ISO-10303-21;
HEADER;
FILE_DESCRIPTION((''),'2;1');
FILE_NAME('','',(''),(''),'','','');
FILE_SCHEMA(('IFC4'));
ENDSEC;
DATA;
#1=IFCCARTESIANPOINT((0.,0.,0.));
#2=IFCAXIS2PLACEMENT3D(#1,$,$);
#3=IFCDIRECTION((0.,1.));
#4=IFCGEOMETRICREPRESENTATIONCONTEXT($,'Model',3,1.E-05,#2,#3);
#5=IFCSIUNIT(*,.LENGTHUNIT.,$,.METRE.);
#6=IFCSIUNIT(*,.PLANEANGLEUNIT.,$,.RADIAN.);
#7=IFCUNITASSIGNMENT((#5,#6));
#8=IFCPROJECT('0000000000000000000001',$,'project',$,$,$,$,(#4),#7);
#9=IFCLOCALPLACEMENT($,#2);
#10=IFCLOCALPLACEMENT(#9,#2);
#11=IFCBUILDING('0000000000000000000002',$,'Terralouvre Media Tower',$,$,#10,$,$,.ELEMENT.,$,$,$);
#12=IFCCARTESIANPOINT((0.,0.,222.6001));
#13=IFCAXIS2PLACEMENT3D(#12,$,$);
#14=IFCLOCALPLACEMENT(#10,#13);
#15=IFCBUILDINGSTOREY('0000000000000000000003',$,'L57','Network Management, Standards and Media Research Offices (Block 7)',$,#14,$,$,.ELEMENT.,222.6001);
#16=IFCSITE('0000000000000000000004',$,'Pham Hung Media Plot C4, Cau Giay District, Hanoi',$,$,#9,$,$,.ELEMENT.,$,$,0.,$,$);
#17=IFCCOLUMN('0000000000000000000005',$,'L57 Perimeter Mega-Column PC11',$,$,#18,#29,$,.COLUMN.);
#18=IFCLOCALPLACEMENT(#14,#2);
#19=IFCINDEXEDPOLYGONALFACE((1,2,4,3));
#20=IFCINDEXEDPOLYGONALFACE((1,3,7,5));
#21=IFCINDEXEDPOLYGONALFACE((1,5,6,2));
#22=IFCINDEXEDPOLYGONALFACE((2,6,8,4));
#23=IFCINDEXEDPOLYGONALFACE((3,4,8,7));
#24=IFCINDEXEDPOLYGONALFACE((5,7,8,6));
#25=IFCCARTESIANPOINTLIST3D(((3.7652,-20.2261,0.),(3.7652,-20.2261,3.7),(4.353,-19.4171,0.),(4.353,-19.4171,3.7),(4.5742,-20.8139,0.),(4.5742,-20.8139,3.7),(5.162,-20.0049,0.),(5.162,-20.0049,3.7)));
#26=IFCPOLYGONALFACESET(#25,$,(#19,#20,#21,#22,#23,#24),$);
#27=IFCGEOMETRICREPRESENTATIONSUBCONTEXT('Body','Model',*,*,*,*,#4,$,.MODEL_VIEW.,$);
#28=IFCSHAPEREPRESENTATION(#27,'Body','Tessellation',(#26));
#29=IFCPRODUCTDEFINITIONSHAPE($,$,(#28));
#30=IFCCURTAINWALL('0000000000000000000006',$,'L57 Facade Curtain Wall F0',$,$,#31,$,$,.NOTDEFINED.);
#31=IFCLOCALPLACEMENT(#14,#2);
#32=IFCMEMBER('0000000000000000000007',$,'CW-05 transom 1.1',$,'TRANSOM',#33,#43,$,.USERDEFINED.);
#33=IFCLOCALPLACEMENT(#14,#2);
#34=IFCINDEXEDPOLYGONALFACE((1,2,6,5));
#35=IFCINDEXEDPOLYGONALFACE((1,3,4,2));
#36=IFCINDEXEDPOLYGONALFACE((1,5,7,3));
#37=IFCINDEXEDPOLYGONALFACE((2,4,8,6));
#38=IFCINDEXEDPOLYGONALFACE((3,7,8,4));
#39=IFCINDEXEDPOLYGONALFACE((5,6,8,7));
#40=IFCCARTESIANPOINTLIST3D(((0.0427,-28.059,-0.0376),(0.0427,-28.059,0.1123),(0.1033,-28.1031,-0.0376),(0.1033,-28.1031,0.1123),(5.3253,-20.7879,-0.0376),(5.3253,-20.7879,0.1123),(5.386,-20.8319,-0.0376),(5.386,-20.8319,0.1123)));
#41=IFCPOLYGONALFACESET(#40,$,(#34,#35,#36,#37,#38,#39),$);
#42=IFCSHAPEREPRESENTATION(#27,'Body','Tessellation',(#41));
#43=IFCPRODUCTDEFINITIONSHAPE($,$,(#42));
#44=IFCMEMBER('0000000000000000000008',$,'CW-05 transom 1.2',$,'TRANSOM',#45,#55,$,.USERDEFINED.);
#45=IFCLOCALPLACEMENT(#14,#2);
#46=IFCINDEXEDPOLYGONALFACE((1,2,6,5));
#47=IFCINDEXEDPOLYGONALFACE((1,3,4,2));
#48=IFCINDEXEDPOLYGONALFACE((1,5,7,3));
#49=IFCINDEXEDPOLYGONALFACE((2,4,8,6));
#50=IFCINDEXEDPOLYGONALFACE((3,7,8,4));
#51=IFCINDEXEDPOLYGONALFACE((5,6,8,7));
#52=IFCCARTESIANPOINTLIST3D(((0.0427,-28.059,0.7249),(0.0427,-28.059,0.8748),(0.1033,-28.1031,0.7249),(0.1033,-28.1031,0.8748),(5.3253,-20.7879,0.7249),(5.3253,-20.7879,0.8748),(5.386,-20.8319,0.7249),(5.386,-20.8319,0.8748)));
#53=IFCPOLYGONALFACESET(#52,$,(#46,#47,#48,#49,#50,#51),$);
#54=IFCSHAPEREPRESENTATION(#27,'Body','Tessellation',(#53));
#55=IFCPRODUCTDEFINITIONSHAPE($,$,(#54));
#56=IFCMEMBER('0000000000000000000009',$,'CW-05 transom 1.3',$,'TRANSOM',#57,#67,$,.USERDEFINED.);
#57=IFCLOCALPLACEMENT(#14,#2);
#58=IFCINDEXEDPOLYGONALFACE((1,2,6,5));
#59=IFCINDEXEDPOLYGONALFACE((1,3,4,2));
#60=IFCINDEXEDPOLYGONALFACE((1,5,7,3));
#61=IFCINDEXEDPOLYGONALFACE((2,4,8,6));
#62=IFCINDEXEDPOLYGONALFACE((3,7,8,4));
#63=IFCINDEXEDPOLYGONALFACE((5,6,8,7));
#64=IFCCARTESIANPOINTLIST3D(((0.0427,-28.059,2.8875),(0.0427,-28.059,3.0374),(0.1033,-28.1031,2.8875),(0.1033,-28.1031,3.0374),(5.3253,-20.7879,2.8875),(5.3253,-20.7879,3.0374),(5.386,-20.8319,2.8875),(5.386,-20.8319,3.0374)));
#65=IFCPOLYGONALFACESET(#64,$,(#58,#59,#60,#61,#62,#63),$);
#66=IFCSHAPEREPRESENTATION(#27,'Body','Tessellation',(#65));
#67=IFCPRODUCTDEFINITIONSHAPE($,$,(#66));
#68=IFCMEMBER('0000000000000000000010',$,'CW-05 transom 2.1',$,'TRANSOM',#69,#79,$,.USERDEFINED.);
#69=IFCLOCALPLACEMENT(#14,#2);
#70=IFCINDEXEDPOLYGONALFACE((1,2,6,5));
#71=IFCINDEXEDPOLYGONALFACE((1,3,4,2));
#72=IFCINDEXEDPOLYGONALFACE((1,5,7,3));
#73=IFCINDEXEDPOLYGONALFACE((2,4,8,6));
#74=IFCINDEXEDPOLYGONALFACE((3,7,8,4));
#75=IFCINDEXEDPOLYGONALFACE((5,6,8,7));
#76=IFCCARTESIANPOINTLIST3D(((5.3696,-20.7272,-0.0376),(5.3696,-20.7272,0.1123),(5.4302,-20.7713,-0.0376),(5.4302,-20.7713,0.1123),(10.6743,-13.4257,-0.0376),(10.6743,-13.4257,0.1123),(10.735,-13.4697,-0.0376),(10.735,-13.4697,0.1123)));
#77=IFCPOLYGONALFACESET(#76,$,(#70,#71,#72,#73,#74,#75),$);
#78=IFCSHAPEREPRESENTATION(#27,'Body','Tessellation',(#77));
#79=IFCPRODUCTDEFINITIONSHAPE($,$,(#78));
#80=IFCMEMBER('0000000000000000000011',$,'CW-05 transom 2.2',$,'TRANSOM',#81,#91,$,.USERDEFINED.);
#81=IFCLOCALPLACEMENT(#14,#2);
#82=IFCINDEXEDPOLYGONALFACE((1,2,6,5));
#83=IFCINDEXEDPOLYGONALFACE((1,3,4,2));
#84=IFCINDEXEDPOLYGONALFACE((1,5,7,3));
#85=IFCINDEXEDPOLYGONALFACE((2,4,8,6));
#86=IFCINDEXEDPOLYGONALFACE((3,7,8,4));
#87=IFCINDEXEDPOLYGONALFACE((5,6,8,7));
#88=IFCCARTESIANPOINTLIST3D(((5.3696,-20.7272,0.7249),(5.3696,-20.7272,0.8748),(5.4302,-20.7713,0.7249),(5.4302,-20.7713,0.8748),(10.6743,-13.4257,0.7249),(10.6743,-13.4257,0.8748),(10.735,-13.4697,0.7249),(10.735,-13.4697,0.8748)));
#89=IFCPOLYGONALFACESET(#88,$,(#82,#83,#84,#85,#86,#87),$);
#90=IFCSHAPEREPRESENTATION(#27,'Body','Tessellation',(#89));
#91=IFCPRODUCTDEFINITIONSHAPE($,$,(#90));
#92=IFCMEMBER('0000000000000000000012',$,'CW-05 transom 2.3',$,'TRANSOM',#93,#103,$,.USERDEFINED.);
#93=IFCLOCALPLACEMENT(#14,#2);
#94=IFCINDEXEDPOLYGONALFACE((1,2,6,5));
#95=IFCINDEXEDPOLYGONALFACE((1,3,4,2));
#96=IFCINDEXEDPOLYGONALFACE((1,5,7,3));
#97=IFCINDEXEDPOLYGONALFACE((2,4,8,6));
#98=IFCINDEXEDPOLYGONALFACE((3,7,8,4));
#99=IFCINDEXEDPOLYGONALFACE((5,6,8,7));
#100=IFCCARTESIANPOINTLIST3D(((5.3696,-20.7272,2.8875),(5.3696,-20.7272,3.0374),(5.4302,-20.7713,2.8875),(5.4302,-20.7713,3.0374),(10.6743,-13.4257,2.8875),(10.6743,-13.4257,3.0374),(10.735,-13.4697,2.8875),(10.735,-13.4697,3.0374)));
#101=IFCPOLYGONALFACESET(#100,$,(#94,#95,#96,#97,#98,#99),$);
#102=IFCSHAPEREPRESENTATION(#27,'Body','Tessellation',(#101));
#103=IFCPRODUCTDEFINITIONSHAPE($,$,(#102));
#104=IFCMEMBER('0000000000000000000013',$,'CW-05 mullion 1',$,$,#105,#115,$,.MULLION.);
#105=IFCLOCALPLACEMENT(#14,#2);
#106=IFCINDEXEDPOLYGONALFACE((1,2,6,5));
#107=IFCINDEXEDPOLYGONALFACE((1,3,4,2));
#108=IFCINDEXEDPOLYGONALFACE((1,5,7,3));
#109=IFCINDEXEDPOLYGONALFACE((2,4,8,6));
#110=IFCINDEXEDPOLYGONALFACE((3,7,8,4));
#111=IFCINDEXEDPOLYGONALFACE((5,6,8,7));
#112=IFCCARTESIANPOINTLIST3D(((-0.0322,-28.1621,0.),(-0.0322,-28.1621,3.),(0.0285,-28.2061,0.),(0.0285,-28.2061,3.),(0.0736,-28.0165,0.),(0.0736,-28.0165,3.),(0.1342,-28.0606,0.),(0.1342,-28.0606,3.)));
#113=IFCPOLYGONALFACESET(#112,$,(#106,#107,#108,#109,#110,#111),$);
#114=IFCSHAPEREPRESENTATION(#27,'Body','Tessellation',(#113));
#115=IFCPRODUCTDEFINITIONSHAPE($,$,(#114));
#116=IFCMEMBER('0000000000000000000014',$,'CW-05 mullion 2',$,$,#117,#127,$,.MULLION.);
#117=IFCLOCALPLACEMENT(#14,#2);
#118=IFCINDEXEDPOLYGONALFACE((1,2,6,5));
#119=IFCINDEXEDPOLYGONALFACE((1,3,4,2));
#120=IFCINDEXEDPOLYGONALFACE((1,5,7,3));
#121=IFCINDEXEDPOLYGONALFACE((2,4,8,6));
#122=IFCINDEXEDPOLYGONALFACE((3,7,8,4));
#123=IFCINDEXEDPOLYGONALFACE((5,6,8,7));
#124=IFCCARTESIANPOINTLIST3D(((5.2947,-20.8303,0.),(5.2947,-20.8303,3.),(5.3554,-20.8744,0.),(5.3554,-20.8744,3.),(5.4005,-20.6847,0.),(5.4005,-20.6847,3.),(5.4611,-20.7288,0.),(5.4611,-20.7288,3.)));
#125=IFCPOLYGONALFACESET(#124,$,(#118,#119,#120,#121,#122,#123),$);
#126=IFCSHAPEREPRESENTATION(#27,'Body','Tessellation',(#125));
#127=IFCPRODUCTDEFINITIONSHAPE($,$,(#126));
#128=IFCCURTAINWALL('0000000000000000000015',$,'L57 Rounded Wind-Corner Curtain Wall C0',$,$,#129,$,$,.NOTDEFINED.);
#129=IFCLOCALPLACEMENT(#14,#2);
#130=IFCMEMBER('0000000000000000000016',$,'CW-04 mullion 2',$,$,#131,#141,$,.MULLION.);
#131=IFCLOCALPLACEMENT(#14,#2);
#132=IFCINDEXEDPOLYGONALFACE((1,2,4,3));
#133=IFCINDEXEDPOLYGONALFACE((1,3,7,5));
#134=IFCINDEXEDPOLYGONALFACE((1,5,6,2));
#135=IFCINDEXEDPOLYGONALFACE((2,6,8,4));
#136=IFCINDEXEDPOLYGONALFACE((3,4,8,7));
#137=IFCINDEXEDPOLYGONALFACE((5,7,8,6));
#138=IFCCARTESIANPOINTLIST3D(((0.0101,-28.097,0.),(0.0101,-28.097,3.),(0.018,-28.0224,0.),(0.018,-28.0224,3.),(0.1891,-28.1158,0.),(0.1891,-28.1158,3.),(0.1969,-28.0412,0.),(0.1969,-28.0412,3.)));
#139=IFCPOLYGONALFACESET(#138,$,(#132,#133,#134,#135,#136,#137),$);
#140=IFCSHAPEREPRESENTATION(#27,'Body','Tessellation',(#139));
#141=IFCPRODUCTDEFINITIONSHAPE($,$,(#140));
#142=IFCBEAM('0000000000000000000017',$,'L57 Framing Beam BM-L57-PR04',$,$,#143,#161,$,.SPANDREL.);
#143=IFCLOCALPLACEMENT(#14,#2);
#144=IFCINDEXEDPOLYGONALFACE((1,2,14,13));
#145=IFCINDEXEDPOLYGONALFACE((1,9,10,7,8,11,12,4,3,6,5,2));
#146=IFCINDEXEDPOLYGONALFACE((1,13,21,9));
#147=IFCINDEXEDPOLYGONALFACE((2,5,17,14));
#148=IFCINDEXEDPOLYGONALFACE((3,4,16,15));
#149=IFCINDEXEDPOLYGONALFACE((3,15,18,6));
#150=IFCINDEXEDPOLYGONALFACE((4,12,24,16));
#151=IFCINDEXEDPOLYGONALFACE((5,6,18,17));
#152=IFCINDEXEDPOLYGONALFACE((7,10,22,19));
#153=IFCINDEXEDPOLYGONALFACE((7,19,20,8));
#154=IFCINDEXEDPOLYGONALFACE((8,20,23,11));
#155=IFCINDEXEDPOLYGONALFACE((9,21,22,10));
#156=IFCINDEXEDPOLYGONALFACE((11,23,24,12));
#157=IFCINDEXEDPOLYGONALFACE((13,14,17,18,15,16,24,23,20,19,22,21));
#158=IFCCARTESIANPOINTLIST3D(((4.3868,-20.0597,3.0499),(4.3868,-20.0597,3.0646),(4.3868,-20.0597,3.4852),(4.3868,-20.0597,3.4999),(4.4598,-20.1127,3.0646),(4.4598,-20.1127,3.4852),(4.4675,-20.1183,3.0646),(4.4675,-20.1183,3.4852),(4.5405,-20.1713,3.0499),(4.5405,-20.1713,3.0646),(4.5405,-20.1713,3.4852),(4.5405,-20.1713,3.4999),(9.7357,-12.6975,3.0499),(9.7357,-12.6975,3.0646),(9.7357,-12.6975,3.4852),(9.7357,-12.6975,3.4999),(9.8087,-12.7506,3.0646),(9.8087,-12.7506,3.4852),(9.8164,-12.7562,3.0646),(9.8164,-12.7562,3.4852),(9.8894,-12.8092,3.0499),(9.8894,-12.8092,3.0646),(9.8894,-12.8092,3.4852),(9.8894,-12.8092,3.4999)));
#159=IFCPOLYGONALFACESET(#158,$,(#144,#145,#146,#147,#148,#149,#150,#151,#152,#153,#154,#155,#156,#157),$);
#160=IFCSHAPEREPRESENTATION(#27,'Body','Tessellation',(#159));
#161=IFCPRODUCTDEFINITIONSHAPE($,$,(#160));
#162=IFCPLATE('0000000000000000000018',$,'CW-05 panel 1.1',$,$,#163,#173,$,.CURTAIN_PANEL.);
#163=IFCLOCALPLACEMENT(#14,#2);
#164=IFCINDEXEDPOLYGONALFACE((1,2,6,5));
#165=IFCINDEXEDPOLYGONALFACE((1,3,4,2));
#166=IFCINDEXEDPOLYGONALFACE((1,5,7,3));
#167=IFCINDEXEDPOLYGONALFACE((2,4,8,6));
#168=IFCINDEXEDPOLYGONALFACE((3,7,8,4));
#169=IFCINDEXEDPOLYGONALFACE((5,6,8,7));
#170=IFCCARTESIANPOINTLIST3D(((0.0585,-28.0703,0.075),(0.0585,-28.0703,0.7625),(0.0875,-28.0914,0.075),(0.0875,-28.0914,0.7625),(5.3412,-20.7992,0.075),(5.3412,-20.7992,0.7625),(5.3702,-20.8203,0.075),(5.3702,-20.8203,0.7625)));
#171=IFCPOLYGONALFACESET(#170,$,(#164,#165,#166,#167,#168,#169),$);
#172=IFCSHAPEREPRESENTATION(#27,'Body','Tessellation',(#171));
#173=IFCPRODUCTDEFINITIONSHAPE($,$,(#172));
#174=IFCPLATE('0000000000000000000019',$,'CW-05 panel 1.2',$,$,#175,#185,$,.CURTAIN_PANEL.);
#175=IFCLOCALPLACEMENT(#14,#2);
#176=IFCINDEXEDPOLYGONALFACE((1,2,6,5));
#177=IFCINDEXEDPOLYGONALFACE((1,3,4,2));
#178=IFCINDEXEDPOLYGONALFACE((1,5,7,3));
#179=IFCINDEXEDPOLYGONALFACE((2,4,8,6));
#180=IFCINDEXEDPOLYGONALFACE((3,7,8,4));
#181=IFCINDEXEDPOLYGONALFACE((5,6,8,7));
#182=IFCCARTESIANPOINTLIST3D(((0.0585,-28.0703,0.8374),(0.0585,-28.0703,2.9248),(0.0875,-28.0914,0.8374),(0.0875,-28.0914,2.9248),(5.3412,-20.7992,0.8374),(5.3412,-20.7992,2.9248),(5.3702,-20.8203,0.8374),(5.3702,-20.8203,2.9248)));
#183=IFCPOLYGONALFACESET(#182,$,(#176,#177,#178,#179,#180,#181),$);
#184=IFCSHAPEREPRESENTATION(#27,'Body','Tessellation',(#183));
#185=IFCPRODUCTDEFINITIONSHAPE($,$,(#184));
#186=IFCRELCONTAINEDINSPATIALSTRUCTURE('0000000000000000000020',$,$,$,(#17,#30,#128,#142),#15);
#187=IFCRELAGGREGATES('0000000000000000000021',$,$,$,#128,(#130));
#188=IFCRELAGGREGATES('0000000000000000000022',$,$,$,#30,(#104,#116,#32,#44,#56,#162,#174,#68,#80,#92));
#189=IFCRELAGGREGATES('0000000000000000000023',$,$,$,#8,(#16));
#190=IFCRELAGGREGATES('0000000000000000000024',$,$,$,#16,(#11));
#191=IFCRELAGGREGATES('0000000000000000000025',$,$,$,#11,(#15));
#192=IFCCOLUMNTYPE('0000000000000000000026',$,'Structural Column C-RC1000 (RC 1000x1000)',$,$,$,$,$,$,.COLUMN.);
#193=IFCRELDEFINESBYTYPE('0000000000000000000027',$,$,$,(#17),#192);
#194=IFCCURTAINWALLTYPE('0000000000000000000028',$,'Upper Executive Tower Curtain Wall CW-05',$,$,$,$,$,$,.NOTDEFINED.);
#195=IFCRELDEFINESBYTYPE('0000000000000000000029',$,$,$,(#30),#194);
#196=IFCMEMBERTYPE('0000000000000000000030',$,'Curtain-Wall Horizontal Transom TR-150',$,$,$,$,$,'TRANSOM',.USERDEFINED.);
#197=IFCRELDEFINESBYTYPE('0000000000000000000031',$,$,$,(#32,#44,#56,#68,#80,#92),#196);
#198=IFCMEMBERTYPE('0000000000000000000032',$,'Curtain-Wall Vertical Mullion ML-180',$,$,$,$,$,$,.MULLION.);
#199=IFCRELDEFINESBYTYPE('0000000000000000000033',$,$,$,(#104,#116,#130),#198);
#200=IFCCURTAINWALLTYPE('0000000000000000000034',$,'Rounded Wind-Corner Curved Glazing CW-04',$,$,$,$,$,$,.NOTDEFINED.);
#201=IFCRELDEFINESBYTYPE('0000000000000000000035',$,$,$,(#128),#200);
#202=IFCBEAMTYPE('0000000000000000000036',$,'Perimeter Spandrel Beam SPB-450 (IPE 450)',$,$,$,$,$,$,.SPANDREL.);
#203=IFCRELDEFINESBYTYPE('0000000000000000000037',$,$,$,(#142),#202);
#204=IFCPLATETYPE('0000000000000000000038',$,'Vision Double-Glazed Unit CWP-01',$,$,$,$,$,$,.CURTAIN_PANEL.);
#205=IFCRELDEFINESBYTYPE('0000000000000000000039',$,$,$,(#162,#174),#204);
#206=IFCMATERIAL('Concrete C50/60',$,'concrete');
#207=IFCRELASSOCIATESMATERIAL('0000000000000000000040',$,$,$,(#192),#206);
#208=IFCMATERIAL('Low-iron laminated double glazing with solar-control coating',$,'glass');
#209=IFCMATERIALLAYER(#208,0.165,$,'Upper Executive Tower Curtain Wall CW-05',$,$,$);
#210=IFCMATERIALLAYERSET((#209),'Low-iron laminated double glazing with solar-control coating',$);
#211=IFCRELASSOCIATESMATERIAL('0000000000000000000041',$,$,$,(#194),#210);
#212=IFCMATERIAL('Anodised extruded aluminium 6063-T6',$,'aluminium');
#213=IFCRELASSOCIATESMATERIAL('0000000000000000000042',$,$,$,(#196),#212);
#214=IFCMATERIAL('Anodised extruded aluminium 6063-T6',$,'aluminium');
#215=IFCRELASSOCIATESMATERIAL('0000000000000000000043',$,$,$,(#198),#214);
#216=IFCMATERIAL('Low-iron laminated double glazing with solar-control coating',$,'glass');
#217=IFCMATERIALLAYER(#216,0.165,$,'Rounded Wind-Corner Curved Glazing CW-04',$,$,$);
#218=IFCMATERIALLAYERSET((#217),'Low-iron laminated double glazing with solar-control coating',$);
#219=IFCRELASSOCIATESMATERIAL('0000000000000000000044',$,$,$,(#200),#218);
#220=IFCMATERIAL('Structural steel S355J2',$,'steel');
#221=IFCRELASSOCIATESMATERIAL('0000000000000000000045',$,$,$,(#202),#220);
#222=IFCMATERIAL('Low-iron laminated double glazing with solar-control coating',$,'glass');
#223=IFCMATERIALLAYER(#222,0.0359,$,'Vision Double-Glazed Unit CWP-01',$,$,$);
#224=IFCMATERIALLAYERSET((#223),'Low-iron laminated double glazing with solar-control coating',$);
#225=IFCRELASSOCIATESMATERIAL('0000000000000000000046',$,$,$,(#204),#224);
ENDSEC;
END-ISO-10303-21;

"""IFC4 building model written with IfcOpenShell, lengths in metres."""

from ifc_helpers import new_model, si_unit, direction, frame, origin, origin_2d, place, context, subcontext, project, spatial, rectangle, i_section, extrude, material, layer, layer_set, material_profile, profile_set, type_object, element, aggregate, save


model = new_model("IFC4")

# Units and contexts
model_context = context("Model", 3, precision=1e-05, world=origin(), true_north=direction((0.0, 1.0)))
body_context = subcontext(model_context, "Body", "Model", "MODEL_VIEW")
ifc_project = project(units=[si_unit("LENGTHUNIT", "METRE"), si_unit("PLANEANGLEUNIT", "RADIAN")], contexts=[model_context])

# Site, building, storey
site_placement = place(None, origin())
site = spatial("IfcSite", under=ifc_project, at=site_placement, Name="Pham Hung Media Plot C4, Cau Giay District, Hanoi", CompositionType="ELEMENT", RefElevation=0.0)
building_placement = place(site_placement, origin())
building = spatial("IfcBuilding", under=site, at=building_placement, Name="Terralouvre Media Tower", CompositionType="ELEMENT")
storey_placement = place(building_placement, frame((0.0, 0.0, 222.6001)))
storey = spatial("IfcBuildingStorey", under=building, at=storey_placement, Name="L57", Description="Network Management, Standards and Media Research Offices (Block 7)", CompositionType="ELEMENT", Elevation=222.6001)

# Column
ifc_material_1 = material(Name="Concrete C50/60", Category="concrete")
ifc_material_profile_1 = material_profile(ifc_material_1, rectangle(XDim=1.0, YDim=1.0, at=origin_2d()), Name="RC 1000x1000")
ifc_profile_set_1 = profile_set([ifc_material_profile_1], Name="Concrete C50/60")
column_type = type_object("IfcColumnType", Name="Structural Column C-RC1000 (RC 1000x1000)", PredefinedType="COLUMN", material=ifc_profile_set_1)
column_placement = place(storey_placement, frame((4.4636, -20.1155, 0.0), z_axis=(0.0, 0.0, 1.0), x_axis=(0.587785, 0.809017, 0.0)))
element("IfcColumn", 1, at=column_placement, inside=storey, type_object=column_type, Name="L57 Perimeter Mega-Column PC11", PredefinedType="COLUMN", context=body_context, shape_type="SweptSolid", body=[
    extrude(rectangle(XDim=1.0, YDim=1.0, at=origin_2d()), origin(), (0.0, 0.0, 1.0), 3.7),
])

# Curtain wall, members
ifc_material_2 = material(Name="Low-iron laminated double glazing with solar-control coating", Category="glass")
ifc_layer_1 = layer(ifc_material_2, 0.165, Name="Upper Executive Tower Curtain Wall CW-05")
ifc_layer_set_1 = layer_set([ifc_layer_1], Name="Low-iron laminated double glazing with solar-control coating")
curtain_wall_type_1 = type_object("IfcCurtainWallType", Name="Upper Executive Tower Curtain Wall CW-05", PredefinedType="NOTDEFINED", material=ifc_layer_set_1)
curtain_wall_1_placement = place(storey_placement, origin())
curtain_wall_1 = element("IfcCurtainWall", 2, at=curtain_wall_1_placement, inside=storey, type_object=curtain_wall_type_1, Name="L57 Facade Curtain Wall F0", PredefinedType="NOTDEFINED")
ifc_material_3 = material(Name="Anodised extruded aluminium 6063-T6", Category="aluminium")
ifc_material_profile_2 = material_profile(ifc_material_3, rectangle(XDim=0.075, YDim=0.1499, at=origin_2d()), Name="ALU 75x150")
ifc_profile_set_2 = profile_set([ifc_material_profile_2], Name="Anodised extruded aluminium 6063-T6")
member_type_1 = type_object("IfcMemberType", Name="Curtain-Wall Horizontal Transom TR-150", ElementType="TRANSOM", PredefinedType="USERDEFINED", material=ifc_profile_set_2)
member_1_placement = place(storey_placement, frame((0.073, -28.0811, 0.0374), z_axis=(0.587774, 0.809025, 0.0), x_axis=(-0.809025, 0.587774, 0.0)))
member_1 = element("IfcMember", 3, at=member_1_placement, type_object=member_type_1, Name="CW-05 transom 1.1", ObjectType="TRANSOM", PredefinedType="USERDEFINED", context=body_context, shape_type="SweptSolid", body=[
    extrude(rectangle(XDim=0.075, YDim=0.1499, at=origin_2d()), origin(), (0.0, 0.0, 1.0), 8.9875),
])
member_2_placement = place(storey_placement, frame((0.073, -28.0811, 0.7998), z_axis=(0.587774, 0.809025, 0.0), x_axis=(-0.809025, 0.587774, 0.0)))
member_2 = element("IfcMember", 4, at=member_2_placement, type_object=member_type_1, Name="CW-05 transom 1.2", ObjectType="TRANSOM", PredefinedType="USERDEFINED", context=body_context, shape_type="SweptSolid", body=[
    extrude(rectangle(XDim=0.075, YDim=0.1499, at=origin_2d()), origin(), (0.0, 0.0, 1.0), 8.9875),
])
member_3_placement = place(storey_placement, frame((0.073, -28.0811, 2.9624), z_axis=(0.587774, 0.809025, 0.0), x_axis=(-0.809025, 0.587774, 0.0)))
member_3 = element("IfcMember", 5, at=member_3_placement, type_object=member_type_1, Name="CW-05 transom 1.3", ObjectType="TRANSOM", PredefinedType="USERDEFINED", context=body_context, shape_type="SweptSolid", body=[
    extrude(rectangle(XDim=0.075, YDim=0.1499, at=origin_2d()), origin(), (0.0, 0.0, 1.0), 8.9875),
])
member_4_placement = place(storey_placement, frame((5.3999, -20.7493, 0.0374), z_axis=(0.587773, 0.809026, 0.0), x_axis=(-0.809026, 0.587773, 0.0)))
member_4 = element("IfcMember", 6, at=member_4_placement, type_object=member_type_1, Name="CW-05 transom 2.1", ObjectType="TRANSOM", PredefinedType="USERDEFINED", context=body_context, shape_type="SweptSolid", body=[
    extrude(rectangle(XDim=0.075, YDim=0.1499, at=origin_2d()), origin(), (0.0, 0.0, 1.0), 9.0251),
])
member_5_placement = place(storey_placement, frame((5.3999, -20.7493, 0.7998), z_axis=(0.587773, 0.809026, 0.0), x_axis=(-0.809026, 0.587773, 0.0)))
member_5 = element("IfcMember", 7, at=member_5_placement, type_object=member_type_1, Name="CW-05 transom 2.2", ObjectType="TRANSOM", PredefinedType="USERDEFINED", context=body_context, shape_type="SweptSolid", body=[
    extrude(rectangle(XDim=0.075, YDim=0.1499, at=origin_2d()), origin(), (0.0, 0.0, 1.0), 9.0251),
])
member_6_placement = place(storey_placement, frame((5.3999, -20.7493, 2.9624), z_axis=(0.587773, 0.809026, 0.0), x_axis=(-0.809026, 0.587773, 0.0)))
member_6 = element("IfcMember", 8, at=member_6_placement, type_object=member_type_1, Name="CW-05 transom 2.3", ObjectType="TRANSOM", PredefinedType="USERDEFINED", context=body_context, shape_type="SweptSolid", body=[
    extrude(rectangle(XDim=0.075, YDim=0.1499, at=origin_2d()), origin(), (0.0, 0.0, 1.0), 9.0251),
])
ifc_material_4 = material(Name="Anodised extruded aluminium 6063-T6", Category="aluminium")
ifc_material_profile_3 = material_profile(ifc_material_4, rectangle(XDim=0.075, YDim=0.1799, at=origin_2d()), Name="ALU 75x180")
ifc_profile_set_3 = profile_set([ifc_material_profile_3], Name="Anodised extruded aluminium 6063-T6")
member_type_2 = type_object("IfcMemberType", Name="Curtain-Wall Vertical Mullion ML-180", PredefinedType="MULLION", material=ifc_profile_set_3)
member_7_placement = place(storey_placement, frame((0.051, -28.1113, 0.0), z_axis=(0.0, 0.0, 1.0), x_axis=(-0.809017, 0.587785, 0.0)))
member_7 = element("IfcMember", 9, at=member_7_placement, type_object=member_type_2, Name="CW-05 mullion 1", PredefinedType="MULLION", context=body_context, shape_type="SweptSolid", body=[
    extrude(rectangle(XDim=0.075, YDim=0.1799, at=origin_2d()), origin(), (0.0, 0.0, 1.0), 3.0),
])
member_8_placement = place(storey_placement, frame((5.3779, -20.7795, 0.0), z_axis=(0.0, 0.0, 1.0), x_axis=(-0.809017, 0.587785, 0.0)))
member_8 = element("IfcMember", 10, at=member_8_placement, type_object=member_type_2, Name="CW-05 mullion 2", PredefinedType="MULLION", context=body_context, shape_type="SweptSolid", body=[
    extrude(rectangle(XDim=0.075, YDim=0.1799, at=origin_2d()), origin(), (0.0, 0.0, 1.0), 3.0),
])

# Curtain wall, member
ifc_material_5 = material(Name="Low-iron laminated double glazing with solar-control coating", Category="glass")
ifc_layer_2 = layer(ifc_material_5, 0.165, Name="Rounded Wind-Corner Curved Glazing CW-04")
ifc_layer_set_2 = layer_set([ifc_layer_2], Name="Low-iron laminated double glazing with solar-control coating")
curtain_wall_type_2 = type_object("IfcCurtainWallType", Name="Rounded Wind-Corner Curved Glazing CW-04", PredefinedType="NOTDEFINED", material=ifc_layer_set_2)
curtain_wall_2_placement = place(storey_placement, origin())
curtain_wall_2 = element("IfcCurtainWall", 11, at=curtain_wall_2_placement, inside=storey, type_object=curtain_wall_type_2, Name="L57 Rounded Wind-Corner Curtain Wall C0", PredefinedType="NOTDEFINED")
member_9_placement = place(storey_placement, frame((0.1035, -28.0691, 0.0), z_axis=(0.0, 0.0, 1.0), x_axis=(0.104528, 0.994522, 0.0)))
member_9 = element("IfcMember", 12, at=member_9_placement, type_object=member_type_2, Name="CW-04 mullion 2", PredefinedType="MULLION", context=body_context, shape_type="SweptSolid", body=[
    extrude(rectangle(XDim=0.075, YDim=0.1799, at=origin_2d()), origin(), (0.0, 0.0, 1.0), 3.0),
])
aggregate(curtain_wall_2, [member_9])

# Beam
ifc_material_6 = material(Name="Structural steel S355J2", Category="steel")
ifc_material_profile_4 = material_profile(ifc_material_6, i_section(OverallWidth=0.1899, OverallDepth=0.45, WebThickness=0.0095, FlangeThickness=0.0146, at=origin_2d()), Name="IPE 450")
ifc_profile_set_4 = profile_set([ifc_material_profile_4], Name="Structural steel S355J2")
beam_type = type_object("IfcBeamType", Name="Perimeter Spandrel Beam SPB-450 (IPE 450)", PredefinedType="SPANDREL", material=ifc_profile_set_4)
beam_placement = place(storey_placement, frame((4.4636, -20.1155, 3.2749), z_axis=(0.587787, 0.809016, 0.0), x_axis=(-0.809016, 0.587787, 0.0)))
element("IfcBeam", 13, at=beam_placement, inside=storey, type_object=beam_type, Name="L57 Framing Beam BM-L57-PR04", PredefinedType="SPANDREL", context=body_context, shape_type="SweptSolid", body=[
    extrude(i_section(OverallWidth=0.1899, OverallDepth=0.45, WebThickness=0.0095, FlangeThickness=0.0146, at=origin_2d()), origin(), (0.0, 0.0, 1.0), 9.1001),
])

# Plates
ifc_material_7 = material(Name="Low-iron laminated double glazing with solar-control coating", Category="glass")
ifc_layer_3 = layer(ifc_material_7, 0.0359, Name="Vision Double-Glazed Unit CWP-01")
ifc_layer_set_3 = layer_set([ifc_layer_3], Name="Low-iron laminated double glazing with solar-control coating")
plate_type = type_object("IfcPlateType", Name="Vision Double-Glazed Unit CWP-01", PredefinedType="CURTAIN_PANEL", material=ifc_layer_set_3)
plate_1_placement = place(storey_placement, frame((2.7144, -24.4453, 0.075), z_axis=(0.0, 0.0, 1.0), x_axis=(0.587785, 0.809017, 0.0)))
plate_1 = element("IfcPlate", 14, at=plate_1_placement, type_object=plate_type, Name="CW-05 panel 1.1", PredefinedType="CURTAIN_PANEL", context=body_context, shape_type="SweptSolid", body=[
    extrude(rectangle(XDim=8.9875, YDim=0.0359, at=origin_2d()), origin(), (0.0, 0.0, 1.0), 0.6875),
])
plate_2_placement = place(storey_placement, frame((2.7144, -24.4453, 0.8374), z_axis=(0.0, 0.0, 1.0), x_axis=(0.587785, 0.809017, 0.0)))
plate_2 = element("IfcPlate", 15, at=plate_2_placement, type_object=plate_type, Name="CW-05 panel 1.2", PredefinedType="CURTAIN_PANEL", context=body_context, shape_type="SweptSolid", body=[
    extrude(rectangle(XDim=8.9875, YDim=0.0359, at=origin_2d()), origin(), (0.0, 0.0, 1.0), 2.0874),
])
aggregate(curtain_wall_1, [member_7, member_8, member_1, member_2, member_3, plate_1, plate_2, member_4, member_5, member_6])

save(model, "model.ifc")
